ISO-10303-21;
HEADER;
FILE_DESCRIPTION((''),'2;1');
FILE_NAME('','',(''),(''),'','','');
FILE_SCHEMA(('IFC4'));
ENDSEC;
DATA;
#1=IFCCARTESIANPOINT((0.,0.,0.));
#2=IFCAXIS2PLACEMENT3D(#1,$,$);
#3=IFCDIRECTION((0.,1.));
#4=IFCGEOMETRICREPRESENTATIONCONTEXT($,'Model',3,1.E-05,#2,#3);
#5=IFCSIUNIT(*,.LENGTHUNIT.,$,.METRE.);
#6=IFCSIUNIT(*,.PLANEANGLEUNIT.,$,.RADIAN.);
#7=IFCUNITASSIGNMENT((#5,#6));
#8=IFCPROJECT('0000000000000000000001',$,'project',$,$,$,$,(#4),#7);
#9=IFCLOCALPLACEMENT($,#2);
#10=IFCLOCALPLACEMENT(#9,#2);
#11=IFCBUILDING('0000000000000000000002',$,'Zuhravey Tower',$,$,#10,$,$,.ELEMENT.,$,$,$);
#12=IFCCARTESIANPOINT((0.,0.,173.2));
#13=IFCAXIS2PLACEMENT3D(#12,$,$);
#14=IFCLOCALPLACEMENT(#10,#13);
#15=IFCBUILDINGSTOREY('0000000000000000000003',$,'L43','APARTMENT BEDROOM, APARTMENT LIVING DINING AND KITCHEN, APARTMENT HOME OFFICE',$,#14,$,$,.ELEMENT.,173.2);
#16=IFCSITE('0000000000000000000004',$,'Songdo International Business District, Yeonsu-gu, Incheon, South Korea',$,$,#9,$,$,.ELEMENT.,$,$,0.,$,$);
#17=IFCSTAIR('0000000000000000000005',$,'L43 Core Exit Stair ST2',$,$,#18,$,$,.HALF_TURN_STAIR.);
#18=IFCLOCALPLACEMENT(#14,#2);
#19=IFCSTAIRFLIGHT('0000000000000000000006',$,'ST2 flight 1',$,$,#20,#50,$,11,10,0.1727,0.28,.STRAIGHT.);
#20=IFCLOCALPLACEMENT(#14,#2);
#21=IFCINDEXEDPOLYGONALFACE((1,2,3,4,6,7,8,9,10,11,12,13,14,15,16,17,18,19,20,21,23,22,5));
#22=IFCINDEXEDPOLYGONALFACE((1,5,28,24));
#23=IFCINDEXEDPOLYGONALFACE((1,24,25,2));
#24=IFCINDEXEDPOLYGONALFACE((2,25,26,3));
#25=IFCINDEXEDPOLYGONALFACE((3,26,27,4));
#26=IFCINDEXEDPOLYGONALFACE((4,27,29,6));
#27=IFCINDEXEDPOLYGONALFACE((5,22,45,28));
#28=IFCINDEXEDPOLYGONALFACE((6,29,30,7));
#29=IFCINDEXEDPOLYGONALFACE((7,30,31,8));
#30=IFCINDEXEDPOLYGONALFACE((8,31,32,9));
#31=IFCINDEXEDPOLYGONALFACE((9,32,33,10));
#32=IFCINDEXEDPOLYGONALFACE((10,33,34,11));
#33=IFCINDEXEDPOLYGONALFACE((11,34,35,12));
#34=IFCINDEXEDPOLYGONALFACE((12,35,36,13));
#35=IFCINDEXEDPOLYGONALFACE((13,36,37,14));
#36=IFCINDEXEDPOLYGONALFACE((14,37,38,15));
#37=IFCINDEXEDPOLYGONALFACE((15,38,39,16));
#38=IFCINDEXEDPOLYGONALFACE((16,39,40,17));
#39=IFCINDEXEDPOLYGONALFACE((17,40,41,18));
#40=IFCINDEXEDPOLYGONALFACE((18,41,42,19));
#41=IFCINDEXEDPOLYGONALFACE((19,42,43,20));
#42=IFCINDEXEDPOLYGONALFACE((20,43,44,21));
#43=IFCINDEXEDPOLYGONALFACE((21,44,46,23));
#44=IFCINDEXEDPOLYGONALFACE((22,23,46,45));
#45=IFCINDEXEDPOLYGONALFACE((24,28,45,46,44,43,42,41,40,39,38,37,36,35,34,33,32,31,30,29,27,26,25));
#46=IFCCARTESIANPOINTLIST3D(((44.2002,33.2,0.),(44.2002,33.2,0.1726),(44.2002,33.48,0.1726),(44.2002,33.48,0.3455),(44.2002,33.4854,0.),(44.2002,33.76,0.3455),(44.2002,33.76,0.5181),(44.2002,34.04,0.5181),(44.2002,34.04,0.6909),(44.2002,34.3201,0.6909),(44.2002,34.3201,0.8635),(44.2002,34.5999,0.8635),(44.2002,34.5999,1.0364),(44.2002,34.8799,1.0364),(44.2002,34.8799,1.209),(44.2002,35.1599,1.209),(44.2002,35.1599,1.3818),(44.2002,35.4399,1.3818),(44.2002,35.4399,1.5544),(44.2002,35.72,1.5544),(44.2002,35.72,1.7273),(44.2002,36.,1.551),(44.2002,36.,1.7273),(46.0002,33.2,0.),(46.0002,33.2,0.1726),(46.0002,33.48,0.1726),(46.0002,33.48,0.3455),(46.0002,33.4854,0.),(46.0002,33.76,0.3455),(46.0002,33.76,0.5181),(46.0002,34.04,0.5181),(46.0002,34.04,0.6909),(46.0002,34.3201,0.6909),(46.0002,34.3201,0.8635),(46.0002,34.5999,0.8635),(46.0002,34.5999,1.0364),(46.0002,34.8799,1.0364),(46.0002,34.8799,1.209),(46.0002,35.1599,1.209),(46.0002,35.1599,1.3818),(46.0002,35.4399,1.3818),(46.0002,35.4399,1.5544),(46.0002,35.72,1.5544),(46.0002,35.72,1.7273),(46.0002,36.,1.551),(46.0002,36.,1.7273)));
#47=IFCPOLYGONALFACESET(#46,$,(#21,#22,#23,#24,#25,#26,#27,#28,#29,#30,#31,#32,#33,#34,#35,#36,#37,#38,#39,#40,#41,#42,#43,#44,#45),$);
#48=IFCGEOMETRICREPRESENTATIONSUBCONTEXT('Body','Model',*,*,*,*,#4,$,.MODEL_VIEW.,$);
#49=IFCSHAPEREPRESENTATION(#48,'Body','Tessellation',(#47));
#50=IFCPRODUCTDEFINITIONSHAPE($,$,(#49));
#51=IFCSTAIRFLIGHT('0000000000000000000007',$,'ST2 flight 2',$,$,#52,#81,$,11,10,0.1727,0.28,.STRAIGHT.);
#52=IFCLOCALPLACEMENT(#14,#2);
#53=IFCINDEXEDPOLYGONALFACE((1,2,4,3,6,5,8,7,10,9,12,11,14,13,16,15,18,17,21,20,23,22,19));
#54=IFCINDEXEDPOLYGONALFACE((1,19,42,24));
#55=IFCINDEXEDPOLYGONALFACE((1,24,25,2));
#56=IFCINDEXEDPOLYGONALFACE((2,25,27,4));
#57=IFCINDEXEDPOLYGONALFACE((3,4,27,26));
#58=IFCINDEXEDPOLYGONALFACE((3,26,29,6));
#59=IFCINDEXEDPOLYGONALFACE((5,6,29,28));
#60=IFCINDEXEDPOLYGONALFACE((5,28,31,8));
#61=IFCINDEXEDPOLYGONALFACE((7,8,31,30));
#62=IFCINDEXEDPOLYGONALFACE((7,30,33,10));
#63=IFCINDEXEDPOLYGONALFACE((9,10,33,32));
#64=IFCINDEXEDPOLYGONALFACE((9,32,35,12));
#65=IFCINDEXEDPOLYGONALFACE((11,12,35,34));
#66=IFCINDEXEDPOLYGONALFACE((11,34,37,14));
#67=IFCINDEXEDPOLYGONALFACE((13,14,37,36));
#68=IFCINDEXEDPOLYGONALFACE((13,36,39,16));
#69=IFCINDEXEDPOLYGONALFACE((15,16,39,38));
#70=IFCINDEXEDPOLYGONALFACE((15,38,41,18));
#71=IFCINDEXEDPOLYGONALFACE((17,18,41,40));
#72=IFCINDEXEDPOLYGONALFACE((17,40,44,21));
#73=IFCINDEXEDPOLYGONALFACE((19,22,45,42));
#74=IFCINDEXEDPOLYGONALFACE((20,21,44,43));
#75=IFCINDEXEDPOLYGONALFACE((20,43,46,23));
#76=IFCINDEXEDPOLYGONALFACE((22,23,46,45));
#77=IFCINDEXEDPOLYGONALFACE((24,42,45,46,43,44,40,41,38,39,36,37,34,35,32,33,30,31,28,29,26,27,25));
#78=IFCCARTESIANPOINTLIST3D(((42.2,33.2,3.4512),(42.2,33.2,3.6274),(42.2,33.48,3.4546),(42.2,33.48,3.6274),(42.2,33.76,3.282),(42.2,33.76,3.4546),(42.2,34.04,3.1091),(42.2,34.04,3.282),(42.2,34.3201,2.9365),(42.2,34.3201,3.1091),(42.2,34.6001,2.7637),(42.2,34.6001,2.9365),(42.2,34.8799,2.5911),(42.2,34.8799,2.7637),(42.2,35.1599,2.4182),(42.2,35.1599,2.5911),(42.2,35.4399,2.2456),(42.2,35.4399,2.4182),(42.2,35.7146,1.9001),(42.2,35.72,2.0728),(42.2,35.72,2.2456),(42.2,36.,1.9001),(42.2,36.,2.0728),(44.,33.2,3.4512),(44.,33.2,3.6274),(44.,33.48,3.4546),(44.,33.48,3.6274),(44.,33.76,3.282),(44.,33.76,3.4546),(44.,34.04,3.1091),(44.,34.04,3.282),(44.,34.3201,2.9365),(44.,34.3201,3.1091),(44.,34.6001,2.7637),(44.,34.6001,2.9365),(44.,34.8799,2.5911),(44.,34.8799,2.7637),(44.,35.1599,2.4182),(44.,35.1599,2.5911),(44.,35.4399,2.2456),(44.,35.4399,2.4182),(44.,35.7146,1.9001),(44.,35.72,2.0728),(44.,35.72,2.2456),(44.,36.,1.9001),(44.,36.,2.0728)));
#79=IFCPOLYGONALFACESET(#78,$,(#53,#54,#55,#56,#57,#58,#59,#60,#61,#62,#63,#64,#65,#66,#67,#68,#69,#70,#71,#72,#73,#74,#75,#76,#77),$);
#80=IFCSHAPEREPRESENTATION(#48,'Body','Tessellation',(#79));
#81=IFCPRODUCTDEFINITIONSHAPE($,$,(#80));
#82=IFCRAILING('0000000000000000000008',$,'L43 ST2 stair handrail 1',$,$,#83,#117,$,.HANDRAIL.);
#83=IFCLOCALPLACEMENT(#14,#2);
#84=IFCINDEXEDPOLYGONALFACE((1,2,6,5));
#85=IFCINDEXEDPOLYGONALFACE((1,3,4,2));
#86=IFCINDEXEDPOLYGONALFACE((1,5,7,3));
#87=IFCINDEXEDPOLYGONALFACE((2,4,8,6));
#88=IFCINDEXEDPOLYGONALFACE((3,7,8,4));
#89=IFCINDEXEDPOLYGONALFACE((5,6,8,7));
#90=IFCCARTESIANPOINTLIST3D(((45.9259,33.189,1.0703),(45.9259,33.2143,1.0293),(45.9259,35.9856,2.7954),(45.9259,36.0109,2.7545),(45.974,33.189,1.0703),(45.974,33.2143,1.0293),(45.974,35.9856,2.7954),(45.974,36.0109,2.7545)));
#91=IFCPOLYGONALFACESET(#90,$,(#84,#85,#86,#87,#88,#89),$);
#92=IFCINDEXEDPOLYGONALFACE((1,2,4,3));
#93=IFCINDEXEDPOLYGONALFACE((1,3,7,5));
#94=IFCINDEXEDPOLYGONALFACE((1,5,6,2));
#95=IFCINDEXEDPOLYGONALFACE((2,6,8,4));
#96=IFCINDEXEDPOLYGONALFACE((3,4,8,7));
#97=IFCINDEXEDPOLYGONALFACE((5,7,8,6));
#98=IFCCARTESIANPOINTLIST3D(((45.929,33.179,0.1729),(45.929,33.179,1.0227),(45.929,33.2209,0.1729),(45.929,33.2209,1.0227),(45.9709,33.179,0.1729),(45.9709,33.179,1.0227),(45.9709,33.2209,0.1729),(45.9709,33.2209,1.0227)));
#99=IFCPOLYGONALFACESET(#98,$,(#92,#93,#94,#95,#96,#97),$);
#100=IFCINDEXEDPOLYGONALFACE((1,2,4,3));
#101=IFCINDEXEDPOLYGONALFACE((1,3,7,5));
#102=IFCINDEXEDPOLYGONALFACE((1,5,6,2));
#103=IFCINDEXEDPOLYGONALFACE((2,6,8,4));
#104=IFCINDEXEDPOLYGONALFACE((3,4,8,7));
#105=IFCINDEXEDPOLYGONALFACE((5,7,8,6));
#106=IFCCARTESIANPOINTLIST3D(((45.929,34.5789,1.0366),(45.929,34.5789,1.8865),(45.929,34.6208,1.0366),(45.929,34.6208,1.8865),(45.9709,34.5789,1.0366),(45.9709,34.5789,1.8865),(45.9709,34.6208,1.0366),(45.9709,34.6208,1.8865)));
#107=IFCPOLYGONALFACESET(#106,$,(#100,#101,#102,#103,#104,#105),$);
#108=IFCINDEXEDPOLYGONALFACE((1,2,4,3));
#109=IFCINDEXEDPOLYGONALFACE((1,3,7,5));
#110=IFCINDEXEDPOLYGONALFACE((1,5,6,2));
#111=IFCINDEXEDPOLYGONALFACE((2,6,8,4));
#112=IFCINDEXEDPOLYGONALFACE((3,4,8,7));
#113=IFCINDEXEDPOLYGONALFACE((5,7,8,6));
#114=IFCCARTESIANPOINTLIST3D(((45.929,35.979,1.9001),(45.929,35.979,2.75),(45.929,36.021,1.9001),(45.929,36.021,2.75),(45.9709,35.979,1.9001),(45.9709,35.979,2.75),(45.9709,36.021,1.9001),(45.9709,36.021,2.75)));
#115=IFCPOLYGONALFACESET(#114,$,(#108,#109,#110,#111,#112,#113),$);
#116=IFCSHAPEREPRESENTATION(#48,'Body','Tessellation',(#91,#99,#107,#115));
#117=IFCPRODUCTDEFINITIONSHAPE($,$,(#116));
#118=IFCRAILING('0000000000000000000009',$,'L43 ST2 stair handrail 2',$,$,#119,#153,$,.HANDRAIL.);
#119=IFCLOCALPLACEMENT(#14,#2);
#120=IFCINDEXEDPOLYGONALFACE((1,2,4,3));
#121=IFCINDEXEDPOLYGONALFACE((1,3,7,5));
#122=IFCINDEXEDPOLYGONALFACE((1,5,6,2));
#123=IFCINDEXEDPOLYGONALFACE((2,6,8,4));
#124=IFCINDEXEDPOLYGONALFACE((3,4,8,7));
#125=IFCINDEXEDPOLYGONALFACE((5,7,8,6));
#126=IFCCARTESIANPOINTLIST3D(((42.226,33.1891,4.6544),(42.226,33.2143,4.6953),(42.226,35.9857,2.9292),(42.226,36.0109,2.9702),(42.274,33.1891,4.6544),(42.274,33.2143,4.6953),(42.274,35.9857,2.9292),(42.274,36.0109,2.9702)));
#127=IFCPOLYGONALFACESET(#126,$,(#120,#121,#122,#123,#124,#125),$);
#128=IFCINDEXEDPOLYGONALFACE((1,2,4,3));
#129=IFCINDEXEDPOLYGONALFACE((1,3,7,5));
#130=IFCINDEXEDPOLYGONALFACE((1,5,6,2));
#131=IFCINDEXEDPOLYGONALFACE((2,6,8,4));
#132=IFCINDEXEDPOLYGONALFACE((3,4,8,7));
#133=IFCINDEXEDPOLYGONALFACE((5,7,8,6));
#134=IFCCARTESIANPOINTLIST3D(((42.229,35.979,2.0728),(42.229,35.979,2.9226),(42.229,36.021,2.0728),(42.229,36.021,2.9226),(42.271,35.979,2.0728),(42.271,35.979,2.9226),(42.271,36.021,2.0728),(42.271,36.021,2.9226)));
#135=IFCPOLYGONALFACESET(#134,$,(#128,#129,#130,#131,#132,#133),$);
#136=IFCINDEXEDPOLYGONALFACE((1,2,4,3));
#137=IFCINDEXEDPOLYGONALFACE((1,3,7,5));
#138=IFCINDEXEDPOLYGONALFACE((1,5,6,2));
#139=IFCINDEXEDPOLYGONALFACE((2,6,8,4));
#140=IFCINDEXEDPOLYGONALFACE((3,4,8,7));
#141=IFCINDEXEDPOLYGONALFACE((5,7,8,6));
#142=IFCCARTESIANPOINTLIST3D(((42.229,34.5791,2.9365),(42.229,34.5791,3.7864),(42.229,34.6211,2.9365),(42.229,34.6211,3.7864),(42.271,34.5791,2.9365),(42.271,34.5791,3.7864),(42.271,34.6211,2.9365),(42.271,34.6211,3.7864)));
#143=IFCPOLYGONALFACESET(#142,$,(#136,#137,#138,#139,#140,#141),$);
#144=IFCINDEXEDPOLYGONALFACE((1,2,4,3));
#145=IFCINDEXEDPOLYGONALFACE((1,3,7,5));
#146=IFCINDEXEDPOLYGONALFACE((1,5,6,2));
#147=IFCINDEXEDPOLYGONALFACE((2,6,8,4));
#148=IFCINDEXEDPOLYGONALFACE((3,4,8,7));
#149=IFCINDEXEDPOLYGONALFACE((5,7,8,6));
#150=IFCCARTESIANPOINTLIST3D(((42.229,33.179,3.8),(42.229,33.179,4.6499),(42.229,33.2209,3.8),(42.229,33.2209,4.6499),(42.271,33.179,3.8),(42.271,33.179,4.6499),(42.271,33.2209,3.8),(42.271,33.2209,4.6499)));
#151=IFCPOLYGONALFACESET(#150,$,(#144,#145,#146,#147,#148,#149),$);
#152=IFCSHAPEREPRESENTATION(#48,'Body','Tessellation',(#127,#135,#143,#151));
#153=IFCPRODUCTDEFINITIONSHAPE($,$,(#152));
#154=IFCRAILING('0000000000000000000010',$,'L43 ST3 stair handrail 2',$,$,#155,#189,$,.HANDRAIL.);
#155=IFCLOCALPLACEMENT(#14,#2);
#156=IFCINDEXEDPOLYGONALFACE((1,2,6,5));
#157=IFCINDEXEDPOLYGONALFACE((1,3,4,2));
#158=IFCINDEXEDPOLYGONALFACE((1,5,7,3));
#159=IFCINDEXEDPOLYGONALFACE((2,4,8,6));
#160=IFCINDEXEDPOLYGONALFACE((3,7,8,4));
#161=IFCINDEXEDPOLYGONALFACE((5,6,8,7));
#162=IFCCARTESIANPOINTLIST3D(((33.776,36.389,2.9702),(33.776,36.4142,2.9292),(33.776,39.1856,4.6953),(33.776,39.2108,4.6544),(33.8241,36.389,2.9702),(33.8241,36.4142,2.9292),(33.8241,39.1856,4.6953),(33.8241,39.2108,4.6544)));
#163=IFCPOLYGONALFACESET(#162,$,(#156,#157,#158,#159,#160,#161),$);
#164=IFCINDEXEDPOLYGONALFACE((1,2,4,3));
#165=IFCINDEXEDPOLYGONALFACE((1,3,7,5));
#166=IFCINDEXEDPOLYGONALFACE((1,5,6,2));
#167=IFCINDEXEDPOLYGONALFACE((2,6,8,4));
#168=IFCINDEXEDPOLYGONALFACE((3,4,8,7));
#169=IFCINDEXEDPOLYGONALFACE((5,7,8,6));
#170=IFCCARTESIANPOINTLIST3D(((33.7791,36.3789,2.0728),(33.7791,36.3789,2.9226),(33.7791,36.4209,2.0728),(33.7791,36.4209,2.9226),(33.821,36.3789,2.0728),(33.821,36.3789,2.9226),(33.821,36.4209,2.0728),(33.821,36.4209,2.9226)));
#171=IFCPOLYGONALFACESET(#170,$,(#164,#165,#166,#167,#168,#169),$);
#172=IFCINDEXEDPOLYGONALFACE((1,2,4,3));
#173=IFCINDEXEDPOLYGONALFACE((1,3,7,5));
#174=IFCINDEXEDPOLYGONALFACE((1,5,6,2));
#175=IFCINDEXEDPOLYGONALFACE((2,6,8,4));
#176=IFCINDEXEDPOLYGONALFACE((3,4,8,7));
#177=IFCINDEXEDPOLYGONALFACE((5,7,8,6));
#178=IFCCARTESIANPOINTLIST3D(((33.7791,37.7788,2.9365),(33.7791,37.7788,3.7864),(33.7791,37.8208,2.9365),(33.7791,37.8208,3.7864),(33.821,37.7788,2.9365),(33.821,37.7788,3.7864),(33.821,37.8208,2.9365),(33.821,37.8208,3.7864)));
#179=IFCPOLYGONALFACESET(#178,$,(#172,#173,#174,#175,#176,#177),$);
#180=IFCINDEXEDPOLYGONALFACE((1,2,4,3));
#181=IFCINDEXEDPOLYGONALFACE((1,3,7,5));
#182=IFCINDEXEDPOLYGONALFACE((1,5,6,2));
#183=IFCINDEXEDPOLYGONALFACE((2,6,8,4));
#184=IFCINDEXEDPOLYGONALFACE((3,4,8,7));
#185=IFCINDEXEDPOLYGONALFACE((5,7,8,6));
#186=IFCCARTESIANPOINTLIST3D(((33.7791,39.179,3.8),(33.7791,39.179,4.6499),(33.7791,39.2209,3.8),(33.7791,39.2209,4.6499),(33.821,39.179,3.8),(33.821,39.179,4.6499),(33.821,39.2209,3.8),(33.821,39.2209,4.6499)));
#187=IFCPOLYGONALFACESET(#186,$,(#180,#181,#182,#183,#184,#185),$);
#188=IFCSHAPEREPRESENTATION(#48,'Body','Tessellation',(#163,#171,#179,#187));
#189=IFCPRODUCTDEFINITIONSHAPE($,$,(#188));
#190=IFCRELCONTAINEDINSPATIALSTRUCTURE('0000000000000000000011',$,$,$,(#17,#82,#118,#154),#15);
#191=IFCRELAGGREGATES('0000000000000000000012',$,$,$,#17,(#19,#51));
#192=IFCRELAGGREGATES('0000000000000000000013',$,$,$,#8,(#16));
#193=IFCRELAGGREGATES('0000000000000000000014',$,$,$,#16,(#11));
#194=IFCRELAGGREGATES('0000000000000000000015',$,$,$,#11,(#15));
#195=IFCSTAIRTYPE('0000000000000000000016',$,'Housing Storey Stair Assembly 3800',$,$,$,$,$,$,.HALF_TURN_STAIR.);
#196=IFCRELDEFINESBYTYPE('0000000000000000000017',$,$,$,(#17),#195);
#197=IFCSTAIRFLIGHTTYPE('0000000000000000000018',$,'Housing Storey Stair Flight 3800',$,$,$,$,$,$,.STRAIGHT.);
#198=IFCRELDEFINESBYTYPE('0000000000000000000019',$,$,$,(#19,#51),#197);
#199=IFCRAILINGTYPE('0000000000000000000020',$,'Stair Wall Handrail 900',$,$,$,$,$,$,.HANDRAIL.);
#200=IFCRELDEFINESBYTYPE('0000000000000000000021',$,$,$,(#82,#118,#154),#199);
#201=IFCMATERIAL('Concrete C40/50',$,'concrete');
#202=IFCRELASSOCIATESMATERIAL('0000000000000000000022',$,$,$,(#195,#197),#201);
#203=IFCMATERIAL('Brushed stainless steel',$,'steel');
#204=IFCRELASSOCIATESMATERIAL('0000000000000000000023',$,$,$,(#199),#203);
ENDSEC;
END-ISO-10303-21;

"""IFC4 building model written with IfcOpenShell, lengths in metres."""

from ifc_helpers import new_model, si_unit, direction, frame, origin, origin_2d, place, context, subcontext, project, spatial, polyline, rectangle, outline, extrude, material, type_object, element, aggregate, save


model = new_model("IFC4")

# Units and contexts
model_context = context("Model", 3, precision=1e-05, world=origin(), true_north=direction((0.0, 1.0)))
body_context = subcontext(model_context, "Body", "Model", "MODEL_VIEW")
ifc_project = project(units=[si_unit("LENGTHUNIT", "METRE"), si_unit("PLANEANGLEUNIT", "RADIAN")], contexts=[model_context])

# Site, building, storey
site_placement = place(None, origin())
site = spatial("IfcSite", under=ifc_project, at=site_placement, Name="Songdo International Business District, Yeonsu-gu, Incheon, South Korea", CompositionType="ELEMENT", RefElevation=0.0)
building_placement = place(site_placement, origin())
building = spatial("IfcBuilding", under=site, at=building_placement, Name="Zuhravey Tower", CompositionType="ELEMENT")
storey_placement = place(building_placement, frame((0.0, 0.0, 173.2)))
storey = spatial("IfcBuildingStorey", under=building, at=storey_placement, Name="L43", Description="APARTMENT BEDROOM, APARTMENT LIVING DINING AND KITCHEN, APARTMENT HOME OFFICE", CompositionType="ELEMENT", Elevation=173.2)

# Stair, stair flights
ifc_material_1 = material(Name="Concrete C40/50", Category="concrete")
stair_type = type_object("IfcStairType", Name="Housing Storey Stair Assembly 3800", PredefinedType="HALF_TURN_STAIR", material=ifc_material_1)
stair_placement = place(storey_placement, origin())
stair = element("IfcStair", 1, at=stair_placement, inside=storey, type_object=stair_type, Name="L43 Core Exit Stair ST2", PredefinedType="HALF_TURN_STAIR")
stair_flight_type = type_object("IfcStairFlightType", Name="Housing Storey Stair Flight 3800", PredefinedType="STRAIGHT", material=ifc_material_1)
stair_flight_1_placement = place(storey_placement, frame((45.1001, 33.2, 0.0), z_axis=(0.0, 0.0, 1.0), x_axis=(0.0, 1.0, 0.0)))
stair_flight_1 = element("IfcStairFlight", 2, at=stair_flight_1_placement, type_object=stair_flight_type, Name="ST2 flight 1", NumberOfRisers=11, NumberOfTreads=10, PredefinedType="STRAIGHT", RiserHeight=0.1727, TreadLength=0.28, context=body_context, shape_type="SweptSolid", body=[
    extrude(outline(polyline([(0.0, 0.0), (0.0, 0.1726), (0.28, 0.1726), (0.28, 0.3455), (0.5601, 0.3455), (0.5601, 0.5181), (0.8401, 0.5181), (0.8401, 0.6909), (1.1201, 0.6909), (1.1201, 0.8635), (1.3999, 0.8635), (1.3999, 1.0364), (1.6799, 1.0364), (1.6799, 1.209), (1.96, 1.209), (1.96, 1.3818), (2.24, 1.3818), (2.24, 1.5544), (2.52, 1.5544), (2.52, 1.7273), (2.8, 1.7273), (2.8, 1.8999), (2.8, 1.551), (0.2854, 0.0), (0.0, 0.0)])), frame((0.0, 0.8999, 0.0), z_axis=(0.0, -1.0, 0.0), x_axis=(1.0, 0.0, 0.0)), (0.0, 0.0, 1.0), 1.8),
])
stair_flight_2_placement = place(storey_placement, frame((43.1001, 36.0, 1.9001), z_axis=(0.0, 0.0, 1.0), x_axis=(0.0, -1.0, 0.0)))
stair_flight_2 = element("IfcStairFlight", 3, at=stair_flight_2_placement, type_object=stair_flight_type, Name="ST2 flight 2", NumberOfRisers=11, NumberOfTreads=10, PredefinedType="STRAIGHT", RiserHeight=0.1727, TreadLength=0.28, context=body_context, shape_type="SweptSolid", body=[
    extrude(outline(polyline([(0.0, 0.0), (0.0, 0.1726), (0.28, 0.1726), (0.28, 0.3455), (0.5601, 0.3455), (0.5601, 0.5181), (0.8401, 0.5181), (0.8401, 0.6909), (1.1201, 0.6909), (1.1201, 0.8635), (1.3999, 0.8635), (1.3999, 1.0364), (1.6799, 1.0364), (1.6799, 1.209), (1.96, 1.209), (1.96, 1.3818), (2.24, 1.3818), (2.24, 1.5544), (2.52, 1.5544), (2.52, 1.7273), (2.8, 1.7273), (2.8, 1.8999), (2.8, 1.551), (0.2854, 0.0), (0.0, 0.0)])), frame((0.0, 0.8999, 0.0), z_axis=(0.0, -1.0, 0.0), x_axis=(1.0, 0.0, 0.0)), (0.0, 0.0, 1.0), 1.8),
])
aggregate(stair, [stair_flight_1, stair_flight_2])

# Railings
ifc_material_2 = material(Name="Brushed stainless steel", Category="steel")
railing_type_1 = type_object("IfcRailingType", Name="Stair Wall Handrail 900", PredefinedType="HANDRAIL", material=ifc_material_2)
railing_1_placement = place(storey_placement, frame((45.95, 33.2, 0.1729)))
element("IfcRailing", 4, at=railing_1_placement, inside=storey, type_object=railing_type_1, Name="L43 ST2 stair handrail 1", PredefinedType="HANDRAIL", context=body_context, shape_type="SweptSolid", body=[
    extrude(rectangle(XDim=0.0481, YDim=0.0481, at=origin_2d()), frame((0.0, 0.0017, 0.877), z_axis=(0.0, 0.85109, 0.52502), x_axis=(-1.0, 0.0, 0.0)), (0.0, 0.0, 1.0), 3.2859),
    extrude(rectangle(XDim=0.042, YDim=0.042, at=origin_2d()), origin(), (0.0, 0.0, 1.0), 0.8499),
    extrude(rectangle(XDim=0.042, YDim=0.042, at=origin_2d()), frame((0.0, 1.3999, 0.8638)), (0.0, 0.0, 1.0), 0.8499),
    extrude(rectangle(XDim=0.042, YDim=0.042, at=origin_2d()), frame((0.0, 2.8, 1.7273)), (0.0, 0.0, 1.0), 0.8499),
])
railing_2_placement = place(storey_placement, frame((42.25, 36.0, 2.0728)))
element("IfcRailing", 5, at=railing_2_placement, inside=storey, type_object=railing_type_1, Name="L43 ST2 stair handrail 2", PredefinedType="HANDRAIL", context=body_context, shape_type="SweptSolid", body=[
    extrude(rectangle(XDim=0.0481, YDim=0.0481, at=origin_2d()), frame((0.0, -0.0017, 0.877), z_axis=(0.0, -0.85109, 0.52502), x_axis=(1.0, 0.0, 0.0)), (0.0, 0.0, 1.0), 3.2859),
    extrude(rectangle(XDim=0.042, YDim=0.042, at=origin_2d()), origin(), (0.0, 0.0, 1.0), 0.8499),
    extrude(rectangle(XDim=0.042, YDim=0.042, at=origin_2d()), frame((0.0, -1.3999, 0.8638)), (0.0, 0.0, 1.0), 0.8499),
    extrude(rectangle(XDim=0.042, YDim=0.042, at=origin_2d()), frame((0.0, -2.8, 1.7273)), (0.0, 0.0, 1.0), 0.8499),
])
railing_3_placement = place(storey_placement, frame((33.8, 36.3999, 2.0728)))
element("IfcRailing", 6, at=railing_3_placement, inside=storey, type_object=railing_type_1, Name="L43 ST3 stair handrail 2", PredefinedType="HANDRAIL", context=body_context, shape_type="SweptSolid", body=[
    extrude(rectangle(XDim=0.0481, YDim=0.0481, at=origin_2d()), frame((0.0, 0.0017, 0.877), z_axis=(0.0, 0.85109, 0.52502), x_axis=(-1.0, 0.0, 0.0)), (0.0, 0.0, 1.0), 3.2859),
    extrude(rectangle(XDim=0.042, YDim=0.042, at=origin_2d()), origin(), (0.0, 0.0, 1.0), 0.8499),
    extrude(rectangle(XDim=0.042, YDim=0.042, at=origin_2d()), frame((0.0, 1.3999, 0.8638)), (0.0, 0.0, 1.0), 0.8499),
    extrude(rectangle(XDim=0.042, YDim=0.042, at=origin_2d()), frame((0.0, 2.8, 1.7273)), (0.0, 0.0, 1.0), 0.8499),
])

save(model, "model.ifc")
